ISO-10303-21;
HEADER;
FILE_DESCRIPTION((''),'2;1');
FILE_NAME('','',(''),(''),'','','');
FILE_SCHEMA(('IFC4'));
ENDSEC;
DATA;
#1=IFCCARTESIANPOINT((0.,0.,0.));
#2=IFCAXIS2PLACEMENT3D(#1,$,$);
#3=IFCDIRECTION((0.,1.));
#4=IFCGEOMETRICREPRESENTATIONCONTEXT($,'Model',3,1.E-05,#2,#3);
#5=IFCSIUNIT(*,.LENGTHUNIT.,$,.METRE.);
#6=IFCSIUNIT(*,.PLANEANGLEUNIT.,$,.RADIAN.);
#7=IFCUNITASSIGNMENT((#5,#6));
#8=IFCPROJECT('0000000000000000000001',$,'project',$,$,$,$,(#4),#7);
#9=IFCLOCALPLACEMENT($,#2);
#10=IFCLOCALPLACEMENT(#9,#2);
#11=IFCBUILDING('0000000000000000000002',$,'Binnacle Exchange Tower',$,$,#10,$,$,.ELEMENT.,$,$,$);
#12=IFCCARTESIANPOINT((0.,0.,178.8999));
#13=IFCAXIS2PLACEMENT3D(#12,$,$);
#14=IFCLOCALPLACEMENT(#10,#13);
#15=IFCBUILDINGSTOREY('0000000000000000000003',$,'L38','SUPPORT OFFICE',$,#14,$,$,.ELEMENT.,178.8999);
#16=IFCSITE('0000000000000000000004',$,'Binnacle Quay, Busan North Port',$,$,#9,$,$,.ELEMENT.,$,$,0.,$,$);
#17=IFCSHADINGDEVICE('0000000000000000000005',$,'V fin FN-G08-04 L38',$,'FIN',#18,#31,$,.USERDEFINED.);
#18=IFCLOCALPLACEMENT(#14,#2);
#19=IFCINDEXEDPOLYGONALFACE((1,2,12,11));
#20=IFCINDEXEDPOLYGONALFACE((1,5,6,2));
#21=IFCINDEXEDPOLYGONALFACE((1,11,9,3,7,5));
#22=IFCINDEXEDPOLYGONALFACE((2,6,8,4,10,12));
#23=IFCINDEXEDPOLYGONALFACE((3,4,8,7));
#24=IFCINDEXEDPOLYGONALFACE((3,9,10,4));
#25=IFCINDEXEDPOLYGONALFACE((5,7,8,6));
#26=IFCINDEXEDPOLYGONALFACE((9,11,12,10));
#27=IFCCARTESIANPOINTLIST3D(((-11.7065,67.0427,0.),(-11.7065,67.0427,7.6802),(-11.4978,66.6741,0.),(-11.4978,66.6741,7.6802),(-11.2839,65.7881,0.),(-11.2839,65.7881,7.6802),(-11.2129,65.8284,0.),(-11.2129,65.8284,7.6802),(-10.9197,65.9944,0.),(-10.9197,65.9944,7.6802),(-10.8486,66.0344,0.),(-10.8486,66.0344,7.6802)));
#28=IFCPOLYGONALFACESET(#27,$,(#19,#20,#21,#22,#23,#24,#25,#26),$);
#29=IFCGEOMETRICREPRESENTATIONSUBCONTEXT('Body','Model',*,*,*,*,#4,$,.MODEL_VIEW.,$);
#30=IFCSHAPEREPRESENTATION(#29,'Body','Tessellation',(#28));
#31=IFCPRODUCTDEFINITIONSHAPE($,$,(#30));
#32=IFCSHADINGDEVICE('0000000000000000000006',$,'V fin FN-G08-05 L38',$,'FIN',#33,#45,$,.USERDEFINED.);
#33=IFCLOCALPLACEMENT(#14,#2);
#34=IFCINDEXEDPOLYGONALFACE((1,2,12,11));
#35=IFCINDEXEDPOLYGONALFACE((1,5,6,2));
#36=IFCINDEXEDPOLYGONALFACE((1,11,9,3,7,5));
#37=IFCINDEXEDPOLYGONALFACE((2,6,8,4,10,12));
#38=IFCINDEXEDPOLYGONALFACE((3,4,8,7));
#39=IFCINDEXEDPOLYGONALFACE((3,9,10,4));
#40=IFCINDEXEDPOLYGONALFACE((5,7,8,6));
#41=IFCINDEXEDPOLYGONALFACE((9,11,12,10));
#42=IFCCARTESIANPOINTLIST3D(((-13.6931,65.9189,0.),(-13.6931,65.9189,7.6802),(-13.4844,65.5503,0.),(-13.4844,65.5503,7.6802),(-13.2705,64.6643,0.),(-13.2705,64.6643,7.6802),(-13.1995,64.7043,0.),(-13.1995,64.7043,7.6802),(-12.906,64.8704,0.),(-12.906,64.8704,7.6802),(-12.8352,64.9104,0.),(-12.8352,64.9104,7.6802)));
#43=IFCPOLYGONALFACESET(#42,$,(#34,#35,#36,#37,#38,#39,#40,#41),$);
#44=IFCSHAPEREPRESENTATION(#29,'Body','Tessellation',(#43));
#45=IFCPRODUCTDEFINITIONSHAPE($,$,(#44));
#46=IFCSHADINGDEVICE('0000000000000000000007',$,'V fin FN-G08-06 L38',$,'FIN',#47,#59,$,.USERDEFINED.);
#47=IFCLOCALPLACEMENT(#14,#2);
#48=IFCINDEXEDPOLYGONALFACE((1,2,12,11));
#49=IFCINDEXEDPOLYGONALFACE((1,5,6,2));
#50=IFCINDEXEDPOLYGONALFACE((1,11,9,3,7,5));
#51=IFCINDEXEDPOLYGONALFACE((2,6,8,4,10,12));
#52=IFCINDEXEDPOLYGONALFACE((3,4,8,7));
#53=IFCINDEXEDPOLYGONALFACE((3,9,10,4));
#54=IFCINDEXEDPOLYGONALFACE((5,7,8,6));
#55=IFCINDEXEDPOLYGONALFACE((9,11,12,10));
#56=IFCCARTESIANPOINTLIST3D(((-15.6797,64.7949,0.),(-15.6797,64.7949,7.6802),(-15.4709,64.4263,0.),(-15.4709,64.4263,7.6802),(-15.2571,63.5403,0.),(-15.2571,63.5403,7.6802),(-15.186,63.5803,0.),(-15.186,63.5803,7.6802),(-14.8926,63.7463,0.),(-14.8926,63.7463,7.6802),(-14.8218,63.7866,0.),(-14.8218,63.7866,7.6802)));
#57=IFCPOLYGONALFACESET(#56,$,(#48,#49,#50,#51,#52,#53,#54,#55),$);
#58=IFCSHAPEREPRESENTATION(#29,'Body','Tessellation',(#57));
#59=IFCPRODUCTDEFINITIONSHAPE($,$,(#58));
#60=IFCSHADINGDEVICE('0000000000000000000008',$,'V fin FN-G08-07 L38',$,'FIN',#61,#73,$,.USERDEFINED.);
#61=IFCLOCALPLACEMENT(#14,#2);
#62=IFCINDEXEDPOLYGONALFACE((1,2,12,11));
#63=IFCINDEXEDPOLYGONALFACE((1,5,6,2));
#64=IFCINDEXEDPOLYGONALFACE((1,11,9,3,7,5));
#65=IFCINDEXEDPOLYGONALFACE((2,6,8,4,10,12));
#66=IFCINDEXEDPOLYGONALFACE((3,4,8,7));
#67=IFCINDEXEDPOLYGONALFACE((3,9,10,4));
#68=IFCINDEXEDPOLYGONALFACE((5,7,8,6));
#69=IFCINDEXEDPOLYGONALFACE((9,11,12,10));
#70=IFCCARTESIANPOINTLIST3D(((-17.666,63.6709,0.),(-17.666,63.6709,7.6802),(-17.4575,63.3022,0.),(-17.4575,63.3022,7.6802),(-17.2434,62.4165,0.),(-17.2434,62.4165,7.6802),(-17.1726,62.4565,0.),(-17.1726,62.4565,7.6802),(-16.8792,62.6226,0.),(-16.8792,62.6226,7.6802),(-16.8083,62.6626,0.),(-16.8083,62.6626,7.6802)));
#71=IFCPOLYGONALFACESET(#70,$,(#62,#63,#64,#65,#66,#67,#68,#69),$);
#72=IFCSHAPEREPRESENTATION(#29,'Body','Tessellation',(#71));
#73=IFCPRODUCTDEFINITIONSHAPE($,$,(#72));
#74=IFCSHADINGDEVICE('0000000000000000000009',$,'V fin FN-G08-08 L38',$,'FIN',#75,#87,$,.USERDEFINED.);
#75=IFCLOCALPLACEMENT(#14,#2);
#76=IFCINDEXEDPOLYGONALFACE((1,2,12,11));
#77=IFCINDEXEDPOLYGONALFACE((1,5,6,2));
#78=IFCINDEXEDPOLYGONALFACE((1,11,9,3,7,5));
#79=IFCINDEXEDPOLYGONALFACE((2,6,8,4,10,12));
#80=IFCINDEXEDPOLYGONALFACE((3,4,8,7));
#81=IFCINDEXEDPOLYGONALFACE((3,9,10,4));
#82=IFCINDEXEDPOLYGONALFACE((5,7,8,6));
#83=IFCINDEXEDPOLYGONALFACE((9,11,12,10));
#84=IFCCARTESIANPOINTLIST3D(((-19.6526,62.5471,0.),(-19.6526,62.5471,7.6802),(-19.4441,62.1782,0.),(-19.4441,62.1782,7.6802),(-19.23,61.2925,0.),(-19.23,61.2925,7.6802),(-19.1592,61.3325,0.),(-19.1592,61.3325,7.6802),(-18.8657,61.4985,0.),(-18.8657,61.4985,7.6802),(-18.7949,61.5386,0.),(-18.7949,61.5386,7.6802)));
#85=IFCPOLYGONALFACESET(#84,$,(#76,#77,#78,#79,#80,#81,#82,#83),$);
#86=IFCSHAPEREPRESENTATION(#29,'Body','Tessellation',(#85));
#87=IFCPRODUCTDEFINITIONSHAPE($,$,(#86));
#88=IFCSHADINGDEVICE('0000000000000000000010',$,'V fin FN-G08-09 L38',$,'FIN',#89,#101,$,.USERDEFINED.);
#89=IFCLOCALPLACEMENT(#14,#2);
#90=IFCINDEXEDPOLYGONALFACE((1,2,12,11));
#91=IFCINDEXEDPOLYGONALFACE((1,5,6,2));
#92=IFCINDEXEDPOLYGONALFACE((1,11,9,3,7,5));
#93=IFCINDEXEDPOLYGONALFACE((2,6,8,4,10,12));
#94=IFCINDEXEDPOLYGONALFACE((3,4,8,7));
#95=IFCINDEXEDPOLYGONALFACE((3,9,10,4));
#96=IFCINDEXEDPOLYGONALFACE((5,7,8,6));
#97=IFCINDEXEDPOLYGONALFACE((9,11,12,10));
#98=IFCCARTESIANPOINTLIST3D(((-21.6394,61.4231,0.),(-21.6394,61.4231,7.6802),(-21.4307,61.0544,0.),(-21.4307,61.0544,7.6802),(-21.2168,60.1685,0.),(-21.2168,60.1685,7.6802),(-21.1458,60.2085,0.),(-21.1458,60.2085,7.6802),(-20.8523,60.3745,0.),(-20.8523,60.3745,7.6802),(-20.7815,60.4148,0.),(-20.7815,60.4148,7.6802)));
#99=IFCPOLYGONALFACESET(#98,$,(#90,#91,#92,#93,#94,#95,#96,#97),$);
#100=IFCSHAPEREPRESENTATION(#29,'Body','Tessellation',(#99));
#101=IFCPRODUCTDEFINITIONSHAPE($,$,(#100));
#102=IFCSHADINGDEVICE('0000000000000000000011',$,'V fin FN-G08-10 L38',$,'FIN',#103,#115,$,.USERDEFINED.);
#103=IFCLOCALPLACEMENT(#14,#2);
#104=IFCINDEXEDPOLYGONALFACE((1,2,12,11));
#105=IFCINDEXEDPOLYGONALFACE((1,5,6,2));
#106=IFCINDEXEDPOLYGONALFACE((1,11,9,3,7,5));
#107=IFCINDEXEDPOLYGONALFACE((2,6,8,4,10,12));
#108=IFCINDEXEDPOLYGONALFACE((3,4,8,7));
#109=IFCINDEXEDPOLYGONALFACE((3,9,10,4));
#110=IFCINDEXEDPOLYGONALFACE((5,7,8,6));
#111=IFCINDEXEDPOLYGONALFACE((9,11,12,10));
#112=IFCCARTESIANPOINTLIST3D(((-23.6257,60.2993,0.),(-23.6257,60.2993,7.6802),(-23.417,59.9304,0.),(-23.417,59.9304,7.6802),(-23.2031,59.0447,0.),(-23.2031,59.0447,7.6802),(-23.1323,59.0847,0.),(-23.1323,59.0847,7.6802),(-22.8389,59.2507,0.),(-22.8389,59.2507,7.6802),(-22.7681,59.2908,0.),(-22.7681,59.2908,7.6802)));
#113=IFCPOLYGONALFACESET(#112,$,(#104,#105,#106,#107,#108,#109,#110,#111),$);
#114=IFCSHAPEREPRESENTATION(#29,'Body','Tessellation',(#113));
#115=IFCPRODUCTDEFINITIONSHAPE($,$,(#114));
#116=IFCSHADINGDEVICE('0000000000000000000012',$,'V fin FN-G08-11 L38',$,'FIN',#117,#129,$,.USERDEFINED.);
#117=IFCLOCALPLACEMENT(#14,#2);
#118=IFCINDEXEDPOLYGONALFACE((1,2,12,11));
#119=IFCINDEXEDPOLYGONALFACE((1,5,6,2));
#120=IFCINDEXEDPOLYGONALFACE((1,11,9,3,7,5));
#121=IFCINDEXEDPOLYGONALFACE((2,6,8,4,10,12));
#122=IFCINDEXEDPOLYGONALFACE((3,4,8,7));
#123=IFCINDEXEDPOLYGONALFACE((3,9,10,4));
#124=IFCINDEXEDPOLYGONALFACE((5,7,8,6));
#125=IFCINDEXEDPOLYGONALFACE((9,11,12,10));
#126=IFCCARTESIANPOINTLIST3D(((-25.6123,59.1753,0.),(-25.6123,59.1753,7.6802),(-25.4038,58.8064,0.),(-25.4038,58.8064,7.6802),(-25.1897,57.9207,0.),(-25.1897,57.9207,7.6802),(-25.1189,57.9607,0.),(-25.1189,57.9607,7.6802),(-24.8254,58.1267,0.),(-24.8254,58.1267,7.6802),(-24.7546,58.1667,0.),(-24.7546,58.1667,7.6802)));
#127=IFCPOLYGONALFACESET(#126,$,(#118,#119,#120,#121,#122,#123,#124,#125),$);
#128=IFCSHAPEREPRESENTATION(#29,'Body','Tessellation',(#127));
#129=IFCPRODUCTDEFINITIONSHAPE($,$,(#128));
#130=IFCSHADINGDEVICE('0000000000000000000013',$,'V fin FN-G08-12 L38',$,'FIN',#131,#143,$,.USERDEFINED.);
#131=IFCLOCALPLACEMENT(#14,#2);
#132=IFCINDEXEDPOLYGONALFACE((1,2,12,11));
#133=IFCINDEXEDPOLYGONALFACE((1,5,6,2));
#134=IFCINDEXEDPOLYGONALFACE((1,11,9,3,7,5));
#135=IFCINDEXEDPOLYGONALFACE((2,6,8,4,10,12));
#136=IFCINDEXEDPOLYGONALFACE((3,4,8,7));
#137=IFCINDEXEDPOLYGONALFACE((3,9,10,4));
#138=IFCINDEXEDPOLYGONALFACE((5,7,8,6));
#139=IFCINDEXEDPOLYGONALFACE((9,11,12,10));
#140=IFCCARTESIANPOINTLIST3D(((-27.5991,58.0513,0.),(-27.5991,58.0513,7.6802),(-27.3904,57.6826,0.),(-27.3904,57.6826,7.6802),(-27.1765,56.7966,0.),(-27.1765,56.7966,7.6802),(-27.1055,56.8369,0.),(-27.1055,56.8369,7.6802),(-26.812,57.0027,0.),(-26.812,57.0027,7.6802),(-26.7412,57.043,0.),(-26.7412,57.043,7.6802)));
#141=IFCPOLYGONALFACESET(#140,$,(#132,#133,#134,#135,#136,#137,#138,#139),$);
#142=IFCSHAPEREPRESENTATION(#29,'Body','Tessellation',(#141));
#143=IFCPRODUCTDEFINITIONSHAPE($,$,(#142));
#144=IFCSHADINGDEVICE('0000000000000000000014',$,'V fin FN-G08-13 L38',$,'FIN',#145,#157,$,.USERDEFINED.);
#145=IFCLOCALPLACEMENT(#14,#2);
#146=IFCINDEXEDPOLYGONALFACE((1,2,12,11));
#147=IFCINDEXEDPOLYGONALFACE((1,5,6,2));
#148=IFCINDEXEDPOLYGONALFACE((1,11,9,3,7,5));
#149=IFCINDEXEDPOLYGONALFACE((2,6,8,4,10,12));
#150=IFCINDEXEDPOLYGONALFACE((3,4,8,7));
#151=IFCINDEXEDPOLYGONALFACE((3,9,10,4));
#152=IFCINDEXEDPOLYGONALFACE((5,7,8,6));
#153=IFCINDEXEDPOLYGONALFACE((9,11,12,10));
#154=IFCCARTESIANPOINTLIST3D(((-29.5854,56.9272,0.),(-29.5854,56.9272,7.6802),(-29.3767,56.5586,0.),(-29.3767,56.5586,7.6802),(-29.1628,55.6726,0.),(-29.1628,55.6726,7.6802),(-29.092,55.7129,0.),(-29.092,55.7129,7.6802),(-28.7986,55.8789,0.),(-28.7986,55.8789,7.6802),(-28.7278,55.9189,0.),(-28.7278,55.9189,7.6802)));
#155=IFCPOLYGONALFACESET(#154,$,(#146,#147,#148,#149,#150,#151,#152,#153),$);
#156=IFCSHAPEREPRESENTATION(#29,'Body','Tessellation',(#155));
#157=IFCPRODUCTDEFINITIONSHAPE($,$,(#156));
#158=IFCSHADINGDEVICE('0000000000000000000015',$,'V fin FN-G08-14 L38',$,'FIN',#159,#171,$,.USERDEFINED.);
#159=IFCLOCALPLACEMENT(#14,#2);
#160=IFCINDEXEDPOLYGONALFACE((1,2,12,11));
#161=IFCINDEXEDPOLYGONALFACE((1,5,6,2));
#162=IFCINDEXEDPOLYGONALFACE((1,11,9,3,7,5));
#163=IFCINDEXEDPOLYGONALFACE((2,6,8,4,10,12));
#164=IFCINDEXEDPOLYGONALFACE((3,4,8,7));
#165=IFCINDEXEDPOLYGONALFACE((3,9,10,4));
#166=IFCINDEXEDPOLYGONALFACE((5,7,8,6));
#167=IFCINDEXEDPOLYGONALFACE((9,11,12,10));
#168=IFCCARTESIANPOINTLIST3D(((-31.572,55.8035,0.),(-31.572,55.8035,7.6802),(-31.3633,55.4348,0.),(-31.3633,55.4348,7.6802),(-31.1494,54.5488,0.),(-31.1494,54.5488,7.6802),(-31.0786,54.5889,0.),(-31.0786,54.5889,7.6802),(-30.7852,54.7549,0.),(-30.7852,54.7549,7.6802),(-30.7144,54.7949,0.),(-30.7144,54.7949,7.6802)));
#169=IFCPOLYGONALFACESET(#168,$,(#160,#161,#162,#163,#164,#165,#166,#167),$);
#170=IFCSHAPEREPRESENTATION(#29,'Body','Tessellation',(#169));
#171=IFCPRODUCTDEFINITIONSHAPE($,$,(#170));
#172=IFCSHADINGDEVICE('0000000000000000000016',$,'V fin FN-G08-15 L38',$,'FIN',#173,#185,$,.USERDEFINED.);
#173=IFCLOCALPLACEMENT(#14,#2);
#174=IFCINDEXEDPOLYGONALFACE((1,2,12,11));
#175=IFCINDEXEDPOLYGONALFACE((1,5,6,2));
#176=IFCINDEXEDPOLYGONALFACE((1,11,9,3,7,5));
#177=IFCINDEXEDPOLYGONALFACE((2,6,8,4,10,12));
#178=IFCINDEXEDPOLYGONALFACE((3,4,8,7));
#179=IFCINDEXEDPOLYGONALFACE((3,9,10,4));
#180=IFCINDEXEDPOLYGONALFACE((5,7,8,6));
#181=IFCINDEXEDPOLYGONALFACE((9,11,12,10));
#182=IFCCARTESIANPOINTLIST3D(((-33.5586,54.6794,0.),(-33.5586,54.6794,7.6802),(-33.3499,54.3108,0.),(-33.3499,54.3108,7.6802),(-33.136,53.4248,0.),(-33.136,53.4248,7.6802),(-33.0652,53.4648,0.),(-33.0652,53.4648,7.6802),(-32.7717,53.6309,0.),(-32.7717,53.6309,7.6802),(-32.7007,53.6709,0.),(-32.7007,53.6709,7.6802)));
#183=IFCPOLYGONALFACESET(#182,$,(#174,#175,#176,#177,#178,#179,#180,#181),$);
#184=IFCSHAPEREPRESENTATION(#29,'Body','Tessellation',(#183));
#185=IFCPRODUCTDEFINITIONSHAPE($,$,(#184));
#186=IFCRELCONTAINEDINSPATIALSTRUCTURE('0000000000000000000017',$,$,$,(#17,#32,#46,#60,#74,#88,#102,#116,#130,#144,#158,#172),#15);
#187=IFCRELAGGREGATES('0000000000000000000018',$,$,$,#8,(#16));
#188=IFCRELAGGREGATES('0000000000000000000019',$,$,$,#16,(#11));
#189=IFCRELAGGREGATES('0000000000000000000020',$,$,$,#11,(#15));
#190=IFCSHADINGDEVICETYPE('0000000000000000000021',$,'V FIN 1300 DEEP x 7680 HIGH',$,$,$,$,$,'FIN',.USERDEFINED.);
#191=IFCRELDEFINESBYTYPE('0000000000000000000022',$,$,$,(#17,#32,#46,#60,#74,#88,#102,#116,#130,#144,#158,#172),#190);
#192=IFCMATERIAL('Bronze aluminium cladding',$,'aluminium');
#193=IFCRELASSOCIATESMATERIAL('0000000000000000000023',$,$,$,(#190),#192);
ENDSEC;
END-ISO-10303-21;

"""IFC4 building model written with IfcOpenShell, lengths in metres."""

from ifc_helpers import new_model, si_unit, direction, frame, origin, place, context, subcontext, project, spatial, polyline, outline, extrude, material, type_object, element, save


model = new_model("IFC4")

# Units and contexts
model_context = context("Model", 3, precision=1e-05, world=origin(), true_north=direction((0.0, 1.0)))
body_context = subcontext(model_context, "Body", "Model", "MODEL_VIEW")
ifc_project = project(units=[si_unit("LENGTHUNIT", "METRE"), si_unit("PLANEANGLEUNIT", "RADIAN")], contexts=[model_context])

# Site, building, storey
site_placement = place(None, origin())
site = spatial("IfcSite", under=ifc_project, at=site_placement, Name="Binnacle Quay, Busan North Port", CompositionType="ELEMENT", RefElevation=0.0)
building_placement = place(site_placement, origin())
building = spatial("IfcBuilding", under=site, at=building_placement, Name="Binnacle Exchange Tower", CompositionType="ELEMENT")
storey_placement = place(building_placement, frame((0.0, 0.0, 178.8999)))
storey = spatial("IfcBuildingStorey", under=building, at=storey_placement, Name="L38", Description="SUPPORT OFFICE", CompositionType="ELEMENT", Elevation=178.8999)

# Shading devices
ifc_material = material(Name="Bronze aluminium cladding", Category="aluminium")
shading_device_type = type_object("IfcShadingDeviceType", Name="V FIN 1300 DEEP x 7680 HIGH", ElementType="FIN", PredefinedType="USERDEFINED", material=ifc_material)
shading_device_1_placement = place(storey_placement, origin())
element("IfcShadingDevice", 1, at=shading_device_1_placement, inside=storey, type_object=shading_device_type, Name="V fin FN-G08-04 L38", ObjectType="FIN", PredefinedType="USERDEFINED", context=body_context, shape_type="SweptSolid", body=[
    extrude(outline(polyline([(-10.8486, 66.0344), (-11.7065, 67.0427), (-11.2839, 65.7881), (-11.2129, 65.8284), (-11.4978, 66.6741), (-10.9197, 65.9944), (-10.8486, 66.0344)])), origin(), (0.0, 0.0, 1.0), 7.6802),
])
shading_device_2_placement = place(storey_placement, origin())
element("IfcShadingDevice", 2, at=shading_device_2_placement, inside=storey, type_object=shading_device_type, Name="V fin FN-G08-05 L38", ObjectType="FIN", PredefinedType="USERDEFINED", context=body_context, shape_type="SweptSolid", body=[
    extrude(outline(polyline([(-12.8352, 64.9104), (-13.6931, 65.9189), (-13.2705, 64.6643), (-13.1995, 64.7043), (-13.4844, 65.5503), (-12.906, 64.8704), (-12.8352, 64.9104)])), origin(), (0.0, 0.0, 1.0), 7.6802),
])
shading_device_3_placement = place(storey_placement, origin())
element("IfcShadingDevice", 3, at=shading_device_3_placement, inside=storey, type_object=shading_device_type, Name="V fin FN-G08-06 L38", ObjectType="FIN", PredefinedType="USERDEFINED", context=body_context, shape_type="SweptSolid", body=[
    extrude(outline(polyline([(-14.8218, 63.7866), (-15.6797, 64.7949), (-15.2571, 63.5403), (-15.186, 63.5803), (-15.4709, 64.4263), (-14.8926, 63.7463), (-14.8218, 63.7866)])), origin(), (0.0, 0.0, 1.0), 7.6802),
])
shading_device_4_placement = place(storey_placement, origin())
element("IfcShadingDevice", 4, at=shading_device_4_placement, inside=storey, type_object=shading_device_type, Name="V fin FN-G08-07 L38", ObjectType="FIN", PredefinedType="USERDEFINED", context=body_context, shape_type="SweptSolid", body=[
    extrude(outline(polyline([(-16.8083, 62.6626), (-17.666, 63.6709), (-17.2434, 62.4165), (-17.1726, 62.4565), (-17.4575, 63.3022), (-16.8792, 62.6226), (-16.8083, 62.6626)])), origin(), (0.0, 0.0, 1.0), 7.6802),
])
shading_device_5_placement = place(storey_placement, origin())
element("IfcShadingDevice", 5, at=shading_device_5_placement, inside=storey, type_object=shading_device_type, Name="V fin FN-G08-08 L38", ObjectType="FIN", PredefinedType="USERDEFINED", context=body_context, shape_type="SweptSolid", body=[
    extrude(outline(polyline([(-18.7949, 61.5386), (-19.6526, 62.5471), (-19.23, 61.2925), (-19.1592, 61.3325), (-19.4441, 62.1782), (-18.8657, 61.4985), (-18.7949, 61.5386)])), origin(), (0.0, 0.0, 1.0), 7.6802),
])
shading_device_6_placement = place(storey_placement, origin())
element("IfcShadingDevice", 6, at=shading_device_6_placement, inside=storey, type_object=shading_device_type, Name="V fin FN-G08-09 L38", ObjectType="FIN", PredefinedType="USERDEFINED", context=body_context, shape_type="SweptSolid", body=[
    extrude(outline(polyline([(-20.7815, 60.4148), (-21.6394, 61.4231), (-21.2168, 60.1685), (-21.1458, 60.2085), (-21.4307, 61.0544), (-20.8523, 60.3745), (-20.7815, 60.4148)])), origin(), (0.0, 0.0, 1.0), 7.6802),
])
shading_device_7_placement = place(storey_placement, origin())
element("IfcShadingDevice", 7, at=shading_device_7_placement, inside=storey, type_object=shading_device_type, Name="V fin FN-G08-10 L38", ObjectType="FIN", PredefinedType="USERDEFINED", context=body_context, shape_type="SweptSolid", body=[
    extrude(outline(polyline([(-22.7681, 59.2908), (-23.6257, 60.2993), (-23.2031, 59.0447), (-23.1323, 59.0847), (-23.417, 59.9304), (-22.8389, 59.2507), (-22.7681, 59.2908)])), origin(), (0.0, 0.0, 1.0), 7.6802),
])
shading_device_8_placement = place(storey_placement, origin())
element("IfcShadingDevice", 8, at=shading_device_8_placement, inside=storey, type_object=shading_device_type, Name="V fin FN-G08-11 L38", ObjectType="FIN", PredefinedType="USERDEFINED", context=body_context, shape_type="SweptSolid", body=[
    extrude(outline(polyline([(-24.7546, 58.1667), (-25.6123, 59.1753), (-25.1897, 57.9207), (-25.1189, 57.9607), (-25.4038, 58.8064), (-24.8254, 58.1267), (-24.7546, 58.1667)])), origin(), (0.0, 0.0, 1.0), 7.6802),
])
shading_device_9_placement = place(storey_placement, origin())
element("IfcShadingDevice", 9, at=shading_device_9_placement, inside=storey, type_object=shading_device_type, Name="V fin FN-G08-12 L38", ObjectType="FIN", PredefinedType="USERDEFINED", context=body_context, shape_type="SweptSolid", body=[
    extrude(outline(polyline([(-26.7412, 57.043), (-27.5991, 58.0513), (-27.1765, 56.7966), (-27.1055, 56.8369), (-27.3904, 57.6826), (-26.812, 57.0027), (-26.7412, 57.043)])), origin(), (0.0, 0.0, 1.0), 7.6802),
])
shading_device_10_placement = place(storey_placement, origin())
element("IfcShadingDevice", 10, at=shading_device_10_placement, inside=storey, type_object=shading_device_type, Name="V fin FN-G08-13 L38", ObjectType="FIN", PredefinedType="USERDEFINED", context=body_context, shape_type="SweptSolid", body=[
    extrude(outline(polyline([(-28.7278, 55.9189), (-29.5854, 56.9272), (-29.1628, 55.6726), (-29.092, 55.7129), (-29.3767, 56.5586), (-28.7986, 55.8789), (-28.7278, 55.9189)])), origin(), (0.0, 0.0, 1.0), 7.6802),
])
shading_device_11_placement = place(storey_placement, origin())
element("IfcShadingDevice", 11, at=shading_device_11_placement, inside=storey, type_object=shading_device_type, Name="V fin FN-G08-14 L38", ObjectType="FIN", PredefinedType="USERDEFINED", context=body_context, shape_type="SweptSolid", body=[
    extrude(outline(polyline([(-30.7144, 54.7949), (-31.572, 55.8035), (-31.1494, 54.5488), (-31.0786, 54.5889), (-31.3633, 55.4348), (-30.7852, 54.7549), (-30.7144, 54.7949)])), origin(), (0.0, 0.0, 1.0), 7.6802),
])
shading_device_12_placement = place(storey_placement, origin())
element("IfcShadingDevice", 12, at=shading_device_12_placement, inside=storey, type_object=shading_device_type, Name="V fin FN-G08-15 L38", ObjectType="FIN", PredefinedType="USERDEFINED", context=body_context, shape_type="SweptSolid", body=[
    extrude(outline(polyline([(-32.7007, 53.6709), (-33.5586, 54.6794), (-33.136, 53.4248), (-33.0652, 53.4648), (-33.3499, 54.3108), (-32.7717, 53.6309), (-32.7007, 53.6709)])), origin(), (0.0, 0.0, 1.0), 7.6802),
])

save(model, "model.ifc")
